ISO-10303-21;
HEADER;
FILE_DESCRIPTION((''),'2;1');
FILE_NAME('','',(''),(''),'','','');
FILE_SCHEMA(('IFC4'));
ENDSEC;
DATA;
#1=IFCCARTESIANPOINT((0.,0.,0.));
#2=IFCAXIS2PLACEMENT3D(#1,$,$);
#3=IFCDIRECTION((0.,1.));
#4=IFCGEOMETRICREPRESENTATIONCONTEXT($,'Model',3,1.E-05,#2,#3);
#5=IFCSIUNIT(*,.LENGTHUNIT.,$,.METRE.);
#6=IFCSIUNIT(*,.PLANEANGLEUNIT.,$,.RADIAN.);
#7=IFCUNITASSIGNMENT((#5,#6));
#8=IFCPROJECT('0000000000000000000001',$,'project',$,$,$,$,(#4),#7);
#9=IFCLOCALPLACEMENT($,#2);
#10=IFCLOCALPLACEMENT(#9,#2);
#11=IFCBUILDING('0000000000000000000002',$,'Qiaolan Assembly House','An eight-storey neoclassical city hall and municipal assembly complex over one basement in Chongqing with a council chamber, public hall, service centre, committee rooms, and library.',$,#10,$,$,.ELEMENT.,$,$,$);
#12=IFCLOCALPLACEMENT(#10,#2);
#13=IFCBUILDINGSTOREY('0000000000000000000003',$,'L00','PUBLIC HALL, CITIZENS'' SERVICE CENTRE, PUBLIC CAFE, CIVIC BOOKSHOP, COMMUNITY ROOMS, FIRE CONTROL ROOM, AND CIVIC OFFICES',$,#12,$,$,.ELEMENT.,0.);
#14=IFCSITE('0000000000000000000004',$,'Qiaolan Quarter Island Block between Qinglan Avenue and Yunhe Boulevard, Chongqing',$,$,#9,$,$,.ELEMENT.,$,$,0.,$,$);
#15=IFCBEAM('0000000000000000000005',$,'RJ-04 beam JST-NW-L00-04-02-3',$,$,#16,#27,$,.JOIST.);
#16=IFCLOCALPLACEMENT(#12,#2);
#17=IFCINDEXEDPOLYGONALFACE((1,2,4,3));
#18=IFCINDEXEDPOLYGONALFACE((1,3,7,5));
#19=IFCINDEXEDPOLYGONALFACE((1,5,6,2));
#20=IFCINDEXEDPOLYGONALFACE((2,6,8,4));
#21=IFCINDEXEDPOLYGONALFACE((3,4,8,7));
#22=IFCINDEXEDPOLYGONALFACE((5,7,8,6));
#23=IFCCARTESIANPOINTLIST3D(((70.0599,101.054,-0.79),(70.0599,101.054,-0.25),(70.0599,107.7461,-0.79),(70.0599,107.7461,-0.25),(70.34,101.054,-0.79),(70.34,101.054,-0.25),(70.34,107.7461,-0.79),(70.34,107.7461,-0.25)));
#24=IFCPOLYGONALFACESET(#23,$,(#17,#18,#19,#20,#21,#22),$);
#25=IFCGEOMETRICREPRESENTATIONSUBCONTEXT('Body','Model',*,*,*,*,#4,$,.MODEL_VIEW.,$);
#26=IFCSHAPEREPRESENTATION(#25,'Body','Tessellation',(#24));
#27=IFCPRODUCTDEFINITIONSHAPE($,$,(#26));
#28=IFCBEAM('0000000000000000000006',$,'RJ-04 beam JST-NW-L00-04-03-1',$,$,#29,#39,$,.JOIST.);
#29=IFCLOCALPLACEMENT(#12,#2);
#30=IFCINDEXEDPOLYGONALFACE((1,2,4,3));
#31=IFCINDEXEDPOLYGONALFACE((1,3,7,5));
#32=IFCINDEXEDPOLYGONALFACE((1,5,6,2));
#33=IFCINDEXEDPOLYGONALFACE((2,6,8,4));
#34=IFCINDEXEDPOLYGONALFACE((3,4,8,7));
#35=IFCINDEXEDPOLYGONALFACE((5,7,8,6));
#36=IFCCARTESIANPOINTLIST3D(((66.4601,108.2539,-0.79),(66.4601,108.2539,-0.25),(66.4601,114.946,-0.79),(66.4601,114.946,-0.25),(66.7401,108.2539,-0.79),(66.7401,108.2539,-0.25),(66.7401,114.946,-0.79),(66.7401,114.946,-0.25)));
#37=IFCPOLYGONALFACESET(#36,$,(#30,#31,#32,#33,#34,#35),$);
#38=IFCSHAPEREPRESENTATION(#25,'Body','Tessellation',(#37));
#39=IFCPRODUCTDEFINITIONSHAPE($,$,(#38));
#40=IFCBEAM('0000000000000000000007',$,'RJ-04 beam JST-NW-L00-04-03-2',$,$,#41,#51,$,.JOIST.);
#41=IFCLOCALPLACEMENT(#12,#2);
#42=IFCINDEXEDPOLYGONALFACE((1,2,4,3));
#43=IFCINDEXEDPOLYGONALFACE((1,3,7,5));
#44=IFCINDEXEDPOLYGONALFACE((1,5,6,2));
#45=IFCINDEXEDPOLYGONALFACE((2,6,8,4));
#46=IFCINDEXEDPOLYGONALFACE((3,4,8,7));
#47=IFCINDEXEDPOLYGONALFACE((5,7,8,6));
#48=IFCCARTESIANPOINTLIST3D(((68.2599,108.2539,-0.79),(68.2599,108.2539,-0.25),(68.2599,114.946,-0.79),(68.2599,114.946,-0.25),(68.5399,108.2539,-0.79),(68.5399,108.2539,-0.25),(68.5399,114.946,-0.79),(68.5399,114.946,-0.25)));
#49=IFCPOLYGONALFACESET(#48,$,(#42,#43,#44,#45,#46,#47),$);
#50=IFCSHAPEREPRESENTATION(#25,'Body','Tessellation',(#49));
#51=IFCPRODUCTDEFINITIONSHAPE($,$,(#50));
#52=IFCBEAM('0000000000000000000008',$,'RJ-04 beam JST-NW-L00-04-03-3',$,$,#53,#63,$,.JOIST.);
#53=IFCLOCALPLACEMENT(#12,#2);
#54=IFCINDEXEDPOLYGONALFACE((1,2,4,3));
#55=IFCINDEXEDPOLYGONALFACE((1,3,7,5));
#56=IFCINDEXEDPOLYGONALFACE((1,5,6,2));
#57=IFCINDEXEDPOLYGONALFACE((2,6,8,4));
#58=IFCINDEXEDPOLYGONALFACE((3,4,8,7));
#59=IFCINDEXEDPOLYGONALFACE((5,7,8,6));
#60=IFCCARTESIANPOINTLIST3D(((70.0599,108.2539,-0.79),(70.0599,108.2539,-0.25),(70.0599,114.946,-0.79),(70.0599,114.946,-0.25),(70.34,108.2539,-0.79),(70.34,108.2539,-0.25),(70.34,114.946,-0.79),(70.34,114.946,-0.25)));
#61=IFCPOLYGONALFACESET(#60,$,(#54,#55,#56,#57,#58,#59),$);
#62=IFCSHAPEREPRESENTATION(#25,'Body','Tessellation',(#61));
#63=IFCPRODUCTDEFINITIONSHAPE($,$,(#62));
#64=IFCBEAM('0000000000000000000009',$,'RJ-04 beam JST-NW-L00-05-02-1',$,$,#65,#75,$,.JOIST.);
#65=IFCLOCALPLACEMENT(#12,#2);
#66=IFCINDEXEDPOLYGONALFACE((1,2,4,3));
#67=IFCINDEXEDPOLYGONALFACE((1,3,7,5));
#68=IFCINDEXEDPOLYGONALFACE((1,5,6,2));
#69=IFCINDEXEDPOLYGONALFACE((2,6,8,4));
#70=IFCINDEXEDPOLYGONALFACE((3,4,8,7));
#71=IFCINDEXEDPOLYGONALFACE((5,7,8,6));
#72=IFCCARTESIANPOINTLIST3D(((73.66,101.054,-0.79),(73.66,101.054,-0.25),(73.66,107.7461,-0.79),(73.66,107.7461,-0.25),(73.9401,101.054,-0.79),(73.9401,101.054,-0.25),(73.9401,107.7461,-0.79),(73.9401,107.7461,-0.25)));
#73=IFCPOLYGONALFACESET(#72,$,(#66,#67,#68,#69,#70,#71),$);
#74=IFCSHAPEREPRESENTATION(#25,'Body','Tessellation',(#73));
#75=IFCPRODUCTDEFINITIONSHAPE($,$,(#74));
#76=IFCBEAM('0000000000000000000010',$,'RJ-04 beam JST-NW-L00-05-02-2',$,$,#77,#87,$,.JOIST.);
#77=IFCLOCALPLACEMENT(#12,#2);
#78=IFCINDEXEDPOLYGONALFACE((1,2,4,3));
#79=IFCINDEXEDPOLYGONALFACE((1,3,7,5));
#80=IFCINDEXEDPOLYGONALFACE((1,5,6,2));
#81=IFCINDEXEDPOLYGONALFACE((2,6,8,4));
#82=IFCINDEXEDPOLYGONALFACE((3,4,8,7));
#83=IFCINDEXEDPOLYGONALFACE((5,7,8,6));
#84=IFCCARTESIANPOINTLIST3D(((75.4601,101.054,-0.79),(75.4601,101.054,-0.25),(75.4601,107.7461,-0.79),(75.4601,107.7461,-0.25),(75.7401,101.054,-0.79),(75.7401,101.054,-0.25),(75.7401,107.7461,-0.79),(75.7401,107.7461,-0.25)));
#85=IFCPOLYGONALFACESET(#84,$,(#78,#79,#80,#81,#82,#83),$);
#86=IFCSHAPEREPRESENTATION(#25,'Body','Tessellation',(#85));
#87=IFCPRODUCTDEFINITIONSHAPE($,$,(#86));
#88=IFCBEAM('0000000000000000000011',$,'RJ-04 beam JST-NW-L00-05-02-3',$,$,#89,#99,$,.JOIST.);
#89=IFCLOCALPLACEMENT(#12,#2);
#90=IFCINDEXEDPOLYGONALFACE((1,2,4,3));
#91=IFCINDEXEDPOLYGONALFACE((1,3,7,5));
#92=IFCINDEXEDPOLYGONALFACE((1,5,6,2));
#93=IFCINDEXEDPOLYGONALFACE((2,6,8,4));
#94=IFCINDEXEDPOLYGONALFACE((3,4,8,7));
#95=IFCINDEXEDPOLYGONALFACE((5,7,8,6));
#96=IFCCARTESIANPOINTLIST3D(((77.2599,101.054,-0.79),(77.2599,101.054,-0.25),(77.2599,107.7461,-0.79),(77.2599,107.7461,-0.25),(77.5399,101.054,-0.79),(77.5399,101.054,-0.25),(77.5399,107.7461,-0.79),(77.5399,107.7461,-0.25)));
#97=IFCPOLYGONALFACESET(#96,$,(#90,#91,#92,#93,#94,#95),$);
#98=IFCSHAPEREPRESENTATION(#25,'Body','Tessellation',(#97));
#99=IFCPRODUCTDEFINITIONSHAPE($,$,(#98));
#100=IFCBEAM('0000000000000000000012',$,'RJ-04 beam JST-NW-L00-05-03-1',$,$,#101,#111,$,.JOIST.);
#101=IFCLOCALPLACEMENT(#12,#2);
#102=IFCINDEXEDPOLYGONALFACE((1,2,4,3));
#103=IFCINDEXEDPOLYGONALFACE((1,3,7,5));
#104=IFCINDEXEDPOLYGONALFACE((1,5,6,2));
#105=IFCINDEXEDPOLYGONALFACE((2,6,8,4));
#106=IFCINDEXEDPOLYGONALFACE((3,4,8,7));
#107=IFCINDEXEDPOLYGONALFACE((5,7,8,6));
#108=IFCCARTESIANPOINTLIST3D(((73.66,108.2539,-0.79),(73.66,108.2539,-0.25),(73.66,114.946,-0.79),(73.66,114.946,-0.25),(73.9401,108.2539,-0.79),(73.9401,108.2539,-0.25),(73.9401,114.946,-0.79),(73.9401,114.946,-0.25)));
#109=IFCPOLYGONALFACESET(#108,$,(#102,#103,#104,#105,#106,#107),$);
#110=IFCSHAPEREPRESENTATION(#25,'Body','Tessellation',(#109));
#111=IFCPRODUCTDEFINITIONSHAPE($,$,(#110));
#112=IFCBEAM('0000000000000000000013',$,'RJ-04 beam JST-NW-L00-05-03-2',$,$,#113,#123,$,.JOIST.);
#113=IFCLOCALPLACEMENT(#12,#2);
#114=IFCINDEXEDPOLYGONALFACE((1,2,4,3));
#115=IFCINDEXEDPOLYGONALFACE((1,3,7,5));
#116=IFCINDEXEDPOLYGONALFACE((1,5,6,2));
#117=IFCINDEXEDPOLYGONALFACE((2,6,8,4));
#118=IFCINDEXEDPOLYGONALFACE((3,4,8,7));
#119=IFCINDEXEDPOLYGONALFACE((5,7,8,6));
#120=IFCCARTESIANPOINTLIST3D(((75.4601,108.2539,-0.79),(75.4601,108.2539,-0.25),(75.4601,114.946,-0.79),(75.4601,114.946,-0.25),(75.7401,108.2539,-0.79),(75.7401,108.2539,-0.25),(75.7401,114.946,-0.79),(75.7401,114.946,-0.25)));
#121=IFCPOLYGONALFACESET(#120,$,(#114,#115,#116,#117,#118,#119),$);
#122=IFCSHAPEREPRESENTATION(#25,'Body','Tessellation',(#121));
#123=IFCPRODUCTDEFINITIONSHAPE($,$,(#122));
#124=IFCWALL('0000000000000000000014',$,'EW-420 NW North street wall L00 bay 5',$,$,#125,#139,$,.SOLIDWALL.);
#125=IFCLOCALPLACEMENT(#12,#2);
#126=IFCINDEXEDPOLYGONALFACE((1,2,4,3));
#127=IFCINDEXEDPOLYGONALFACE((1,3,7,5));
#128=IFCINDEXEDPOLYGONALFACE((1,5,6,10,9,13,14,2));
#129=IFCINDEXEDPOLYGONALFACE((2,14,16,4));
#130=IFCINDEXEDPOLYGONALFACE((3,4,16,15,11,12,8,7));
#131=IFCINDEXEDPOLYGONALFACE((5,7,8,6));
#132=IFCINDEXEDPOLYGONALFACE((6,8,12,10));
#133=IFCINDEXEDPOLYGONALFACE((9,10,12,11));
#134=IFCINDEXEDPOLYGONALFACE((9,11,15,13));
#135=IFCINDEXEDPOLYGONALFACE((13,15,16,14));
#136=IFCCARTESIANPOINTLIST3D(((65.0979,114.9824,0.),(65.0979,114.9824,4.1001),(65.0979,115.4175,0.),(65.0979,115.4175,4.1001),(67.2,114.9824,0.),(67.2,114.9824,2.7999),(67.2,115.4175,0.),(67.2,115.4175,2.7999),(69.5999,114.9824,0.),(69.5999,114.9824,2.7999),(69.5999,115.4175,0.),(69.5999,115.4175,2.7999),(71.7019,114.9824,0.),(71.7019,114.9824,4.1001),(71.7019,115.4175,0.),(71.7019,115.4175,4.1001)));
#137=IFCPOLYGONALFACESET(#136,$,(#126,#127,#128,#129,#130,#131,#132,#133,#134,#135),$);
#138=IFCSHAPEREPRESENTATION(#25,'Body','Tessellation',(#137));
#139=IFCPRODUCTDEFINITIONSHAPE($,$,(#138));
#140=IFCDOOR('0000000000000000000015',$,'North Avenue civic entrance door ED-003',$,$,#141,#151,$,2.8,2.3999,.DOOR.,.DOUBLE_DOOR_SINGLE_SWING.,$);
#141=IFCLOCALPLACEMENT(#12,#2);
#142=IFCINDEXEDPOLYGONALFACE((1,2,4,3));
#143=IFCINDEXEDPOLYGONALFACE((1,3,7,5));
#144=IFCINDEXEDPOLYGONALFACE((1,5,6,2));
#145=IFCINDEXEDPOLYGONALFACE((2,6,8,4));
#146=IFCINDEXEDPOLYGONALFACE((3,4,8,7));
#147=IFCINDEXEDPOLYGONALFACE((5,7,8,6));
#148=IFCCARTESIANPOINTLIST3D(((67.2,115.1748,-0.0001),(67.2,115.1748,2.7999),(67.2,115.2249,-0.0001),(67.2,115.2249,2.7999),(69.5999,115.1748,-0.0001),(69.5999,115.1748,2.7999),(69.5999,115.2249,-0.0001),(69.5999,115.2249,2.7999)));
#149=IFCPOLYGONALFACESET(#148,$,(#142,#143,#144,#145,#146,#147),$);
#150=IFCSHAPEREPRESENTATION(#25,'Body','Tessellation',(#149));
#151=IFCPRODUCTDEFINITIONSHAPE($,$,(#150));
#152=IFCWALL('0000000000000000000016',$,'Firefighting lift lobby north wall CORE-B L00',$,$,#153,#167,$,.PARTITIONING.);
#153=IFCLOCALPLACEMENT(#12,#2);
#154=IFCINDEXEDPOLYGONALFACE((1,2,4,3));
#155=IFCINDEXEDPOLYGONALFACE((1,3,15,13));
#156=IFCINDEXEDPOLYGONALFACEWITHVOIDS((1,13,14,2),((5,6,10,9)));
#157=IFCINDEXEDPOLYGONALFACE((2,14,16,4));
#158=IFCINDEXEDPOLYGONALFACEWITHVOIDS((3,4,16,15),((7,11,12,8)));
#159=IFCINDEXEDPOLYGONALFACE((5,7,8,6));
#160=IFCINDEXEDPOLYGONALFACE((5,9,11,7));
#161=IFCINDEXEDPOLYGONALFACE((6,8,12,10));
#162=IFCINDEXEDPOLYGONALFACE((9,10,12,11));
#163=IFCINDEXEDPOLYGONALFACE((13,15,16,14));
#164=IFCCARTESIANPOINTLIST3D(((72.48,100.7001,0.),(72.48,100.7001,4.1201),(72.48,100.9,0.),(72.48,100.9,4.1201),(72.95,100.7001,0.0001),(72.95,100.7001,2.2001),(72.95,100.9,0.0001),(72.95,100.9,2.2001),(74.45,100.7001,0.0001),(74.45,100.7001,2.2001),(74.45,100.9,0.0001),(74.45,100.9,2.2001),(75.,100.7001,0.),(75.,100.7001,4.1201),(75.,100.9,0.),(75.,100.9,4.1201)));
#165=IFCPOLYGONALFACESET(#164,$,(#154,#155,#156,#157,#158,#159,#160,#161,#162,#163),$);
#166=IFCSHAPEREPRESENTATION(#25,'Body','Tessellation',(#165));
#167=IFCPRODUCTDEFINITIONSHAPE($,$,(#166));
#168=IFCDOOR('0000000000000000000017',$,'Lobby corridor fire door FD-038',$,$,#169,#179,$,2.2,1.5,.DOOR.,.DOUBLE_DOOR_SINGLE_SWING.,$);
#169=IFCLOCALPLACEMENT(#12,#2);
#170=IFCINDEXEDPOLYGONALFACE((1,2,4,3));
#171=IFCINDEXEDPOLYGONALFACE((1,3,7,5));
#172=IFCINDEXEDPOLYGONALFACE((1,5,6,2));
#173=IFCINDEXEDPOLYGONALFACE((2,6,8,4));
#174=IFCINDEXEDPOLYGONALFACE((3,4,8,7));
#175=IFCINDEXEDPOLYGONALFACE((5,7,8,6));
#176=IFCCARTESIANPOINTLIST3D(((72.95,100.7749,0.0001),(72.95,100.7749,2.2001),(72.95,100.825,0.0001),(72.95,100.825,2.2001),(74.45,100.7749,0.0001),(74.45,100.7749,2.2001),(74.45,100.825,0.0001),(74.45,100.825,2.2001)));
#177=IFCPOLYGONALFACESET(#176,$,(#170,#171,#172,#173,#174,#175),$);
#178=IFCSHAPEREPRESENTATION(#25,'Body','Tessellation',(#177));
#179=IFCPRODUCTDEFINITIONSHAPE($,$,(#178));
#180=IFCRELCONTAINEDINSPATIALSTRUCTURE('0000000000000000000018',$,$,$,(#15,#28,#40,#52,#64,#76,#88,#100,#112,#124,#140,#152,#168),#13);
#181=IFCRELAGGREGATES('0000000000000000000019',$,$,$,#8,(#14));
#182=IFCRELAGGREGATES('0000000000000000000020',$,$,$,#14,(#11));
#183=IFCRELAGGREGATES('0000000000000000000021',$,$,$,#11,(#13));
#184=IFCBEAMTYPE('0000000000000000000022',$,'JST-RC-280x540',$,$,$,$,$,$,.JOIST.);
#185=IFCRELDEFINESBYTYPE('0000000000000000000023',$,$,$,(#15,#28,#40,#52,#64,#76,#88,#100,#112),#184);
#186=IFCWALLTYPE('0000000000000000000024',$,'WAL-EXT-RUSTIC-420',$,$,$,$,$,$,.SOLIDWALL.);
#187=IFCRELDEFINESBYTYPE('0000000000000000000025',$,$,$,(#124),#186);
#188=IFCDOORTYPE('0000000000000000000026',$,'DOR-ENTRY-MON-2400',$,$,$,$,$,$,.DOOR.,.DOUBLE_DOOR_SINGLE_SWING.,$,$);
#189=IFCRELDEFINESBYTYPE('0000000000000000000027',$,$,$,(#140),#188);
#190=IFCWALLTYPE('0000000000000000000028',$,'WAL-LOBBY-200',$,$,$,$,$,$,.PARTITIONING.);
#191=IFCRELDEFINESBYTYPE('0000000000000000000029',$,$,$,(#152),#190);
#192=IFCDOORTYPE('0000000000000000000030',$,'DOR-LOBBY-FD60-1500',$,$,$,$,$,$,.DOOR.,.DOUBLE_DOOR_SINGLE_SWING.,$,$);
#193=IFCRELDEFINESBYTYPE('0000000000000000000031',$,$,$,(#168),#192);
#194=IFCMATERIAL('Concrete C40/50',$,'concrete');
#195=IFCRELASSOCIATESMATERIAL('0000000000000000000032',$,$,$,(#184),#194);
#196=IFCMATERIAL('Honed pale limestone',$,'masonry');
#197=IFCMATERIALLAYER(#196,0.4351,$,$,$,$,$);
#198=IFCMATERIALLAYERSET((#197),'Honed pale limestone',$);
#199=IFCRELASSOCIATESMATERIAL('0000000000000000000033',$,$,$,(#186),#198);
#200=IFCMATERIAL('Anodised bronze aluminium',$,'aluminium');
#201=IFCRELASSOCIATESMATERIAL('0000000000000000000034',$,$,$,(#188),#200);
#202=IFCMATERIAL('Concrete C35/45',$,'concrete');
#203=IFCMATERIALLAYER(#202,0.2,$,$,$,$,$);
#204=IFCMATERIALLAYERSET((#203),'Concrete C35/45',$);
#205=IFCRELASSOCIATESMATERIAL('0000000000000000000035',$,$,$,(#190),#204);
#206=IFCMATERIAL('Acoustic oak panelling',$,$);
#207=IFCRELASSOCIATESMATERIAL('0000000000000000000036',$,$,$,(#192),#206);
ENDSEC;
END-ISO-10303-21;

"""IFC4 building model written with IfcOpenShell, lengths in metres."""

from ifc_helpers import new_model, si_unit, direction, frame, frame_2d, origin, origin_2d, place, context, subcontext, project, spatial, rectangle, extrude, material, layer, layer_set, material_profile, profile_set, type_object, element, fill, save


model = new_model("IFC4")

# Units and contexts
model_context = context("Model", 3, precision=1e-05, world=origin(), true_north=direction((0.0, 1.0)))
body_context = subcontext(model_context, "Body", "Model", "MODEL_VIEW")
ifc_project = project(units=[si_unit("LENGTHUNIT", "METRE"), si_unit("PLANEANGLEUNIT", "RADIAN")], contexts=[model_context])

# Site, building, storey
site_placement = place(None, origin())
site = spatial("IfcSite", under=ifc_project, at=site_placement, Name="Qiaolan Quarter Island Block between Qinglan Avenue and Yunhe Boulevard, Chongqing", CompositionType="ELEMENT", RefElevation=0.0)
building_placement = place(site_placement, origin())
building = spatial("IfcBuilding", under=site, at=building_placement, Name="Qiaolan Assembly House", Description="An eight-storey neoclassical city hall and municipal assembly complex over one basement in Chongqing with a council chamber, public hall, service centre, committee rooms, and library.", CompositionType="ELEMENT")
storey_placement = place(building_placement, origin())
storey = spatial("IfcBuildingStorey", under=building, at=storey_placement, Name="L00", Description="PUBLIC HALL, CITIZENS' SERVICE CENTRE, PUBLIC CAFE, CIVIC BOOKSHOP, COMMUNITY ROOMS, FIRE CONTROL ROOM, AND CIVIC OFFICES", CompositionType="ELEMENT", Elevation=0.0)

# Beams
ifc_material_1 = material(Name="Concrete C40/50", Category="concrete")
ifc_material_profile_1 = material_profile(ifc_material_1, rectangle(XDim=0.28, YDim=0.54, at=origin_2d()), Name="RCB 280x540")
ifc_profile_set_1 = profile_set([ifc_material_profile_1], Name="Concrete C40/50")
beam_type_1 = type_object("IfcBeamType", Name="JST-RC-280x540", PredefinedType="JOIST", material=ifc_profile_set_1)
for number, where, z_axis, x_axis, name in (
    (1, (70.2, 101.054, -0.52), (0.0, 1.0, 0.0), (-1.0, 0.0, 0.0), "RJ-04 beam JST-NW-L00-04-02-3"),
    (2, (66.6001, 108.2539, -0.52), (0.0, 1.0, 0.0), (-1.0, 0.0, 0.0), "RJ-04 beam JST-NW-L00-04-03-1"),
    (3, (68.3999, 108.2539, -0.52), (0.0, 1.0, 0.0), (-1.0, 0.0, 0.0), "RJ-04 beam JST-NW-L00-04-03-2"),
    (4, (70.2, 108.2539, -0.52), (0.0, 1.0, 0.0), (-1.0, 0.0, 0.0), "RJ-04 beam JST-NW-L00-04-03-3"),
    (5, (73.8, 101.054, -0.52), (0.0, 1.0, 0.0), (-1.0, 0.0, 0.0), "RJ-04 beam JST-NW-L00-05-02-1"),
    (6, (75.6001, 101.054, -0.52), (0.0, 1.0, 0.0), (-1.0, 0.0, 0.0), "RJ-04 beam JST-NW-L00-05-02-2"),
    (7, (77.3999, 101.054, -0.52), (0.0, 1.0, 0.0), (-1.0, 0.0, 0.0), "RJ-04 beam JST-NW-L00-05-02-3"),
    (8, (73.8, 108.2539, -0.52), (0.0, 1.0, 0.0), (-1.0, 0.0, 0.0), "RJ-04 beam JST-NW-L00-05-03-1"),
    (9, (75.6001, 108.2539, -0.52), (0.0, 1.0, 0.0), (-1.0, 0.0, 0.0), "RJ-04 beam JST-NW-L00-05-03-2"),
):
    element("IfcBeam", number, at=place(storey_placement, frame(where, z_axis=z_axis, x_axis=x_axis)), inside=storey, type_object=beam_type_1, Name=name, PredefinedType="JOIST", context=body_context, shape_type="SweptSolid", body=[
        extrude(rectangle(XDim=0.28, YDim=0.54, at=origin_2d()), origin(), (0.0, 0.0, 1.0), 6.6921),
    ])

# Walls, openings, doors
ifc_material_2 = material(Name="Honed pale limestone", Category="masonry")
ifc_layer_1 = layer(ifc_material_2, 0.4351)
ifc_layer_set_1 = layer_set([ifc_layer_1], Name="Honed pale limestone")
wall_type_1 = type_object("IfcWallType", Name="WAL-EXT-RUSTIC-420", PredefinedType="SOLIDWALL", material=ifc_layer_set_1)
wall_1_placement = place(storey_placement, frame((71.7019, 115.2, 0.0), z_axis=(0.0, 0.0, 1.0), x_axis=(-1.0, 0.0, 0.0)))
wall_1 = element("IfcWall", 10, at=wall_1_placement, inside=storey, type_object=wall_type_1, Name="EW-420 NW North street wall L00 bay 5", PredefinedType="SOLIDWALL", context=body_context, shape_type="SweptSolid", body=[
    extrude(rectangle(XDim=6.604, YDim=0.4351, at=frame_2d((3.302, 0.0))), origin(), (0.0, 0.0, 1.0), 4.1001),
])
opening_1_placement = place(wall_1_placement, frame((2.1021, 0.0, 0.0)))
opening_1 = element("IfcOpeningElement", 11, at=opening_1_placement, cuts=wall_1, PredefinedType="OPENING", context=body_context, shape_type="SweptSolid", body=[
    extrude(rectangle(XDim=2.3999, YDim=2.8, at=frame_2d((1.2, 1.3999))), frame((0.0, 0.2275, 0.0), z_axis=(0.0, -1.0, 0.0), x_axis=(1.0, 0.0, 0.0)), (0.0, 0.0, 1.0), 0.4551),
])
ifc_material_3 = material(Name="Anodised bronze aluminium", Category="aluminium")
door_type_1 = type_object("IfcDoorType", Name="DOR-ENTRY-MON-2400", OperationType="DOUBLE_DOOR_SINGLE_SWING", PredefinedType="DOOR", material=ifc_material_3)
door_1_placement = place(opening_1_placement, frame((2.3999, 0.0, 0.0), z_axis=(0.0, 0.0, 1.0), x_axis=(-1.0, 0.0, 0.0)))
door_1 = element("IfcDoor", 12, at=door_1_placement, inside=storey, type_object=door_type_1, Name="North Avenue civic entrance door ED-003", OperationType="DOUBLE_DOOR_SINGLE_SWING", OverallHeight=2.8, OverallWidth=2.3999, PredefinedType="DOOR", context=body_context, shape_type="SweptSolid", body=[
    extrude(rectangle(XDim=2.3999, YDim=2.8, at=frame_2d((1.2, 1.3999))), frame((0.0, 0.0249, 0.0), z_axis=(0.0, -1.0, 0.0), x_axis=(1.0, 0.0, 0.0)), (0.0, 0.0, 1.0), 0.05),
])
fill(opening_1, door_1)
ifc_material_4 = material(Name="Concrete C35/45", Category="concrete")
ifc_layer_2 = layer(ifc_material_4, 0.2)
ifc_layer_set_2 = layer_set([ifc_layer_2], Name="Concrete C35/45")
wall_type_2 = type_object("IfcWallType", Name="WAL-LOBBY-200", PredefinedType="PARTITIONING", material=ifc_layer_set_2)
wall_2_placement = place(storey_placement, frame((75.0, 100.8, 0.0), z_axis=(0.0, 0.0, 1.0), x_axis=(-1.0, 0.0, 0.0)))
wall_2 = element("IfcWall", 13, at=wall_2_placement, inside=storey, type_object=wall_type_2, Name="Firefighting lift lobby north wall CORE-B L00", PredefinedType="PARTITIONING", context=body_context, shape_type="SweptSolid", body=[
    extrude(rectangle(XDim=2.52, YDim=0.2, at=frame_2d((1.26, 0.0))), origin(), (0.0, 0.0, 1.0), 4.1201),
])
opening_2_placement = place(wall_2_placement, frame((0.55, 0.0, 0.0)))
opening_2 = element("IfcOpeningElement", 14, at=opening_2_placement, cuts=wall_2, PredefinedType="OPENING", context=body_context, shape_type="SweptSolid", body=[
    extrude(rectangle(XDim=1.5, YDim=2.2, at=frame_2d((0.75, 1.1001))), frame((0.0, 0.1099, 0.0), z_axis=(0.0, -1.0, 0.0), x_axis=(1.0, 0.0, 0.0)), (0.0, 0.0, 1.0), 0.22),
])
ifc_material_5 = material(Name="Acoustic oak panelling")
door_type_2 = type_object("IfcDoorType", Name="DOR-LOBBY-FD60-1500", OperationType="DOUBLE_DOOR_SINGLE_SWING", PredefinedType="DOOR", material=ifc_material_5)
door_2_placement = place(opening_2_placement, frame((1.5, 0.0, 0.0), z_axis=(0.0, 0.0, 1.0), x_axis=(-1.0, 0.0, 0.0)))
door_2 = element("IfcDoor", 15, at=door_2_placement, inside=storey, type_object=door_type_2, Name="Lobby corridor fire door FD-038", OperationType="DOUBLE_DOOR_SINGLE_SWING", OverallHeight=2.2, OverallWidth=1.5, PredefinedType="DOOR", context=body_context, shape_type="SweptSolid", body=[
    extrude(rectangle(XDim=1.5, YDim=2.2, at=frame_2d((0.75, 1.1001))), frame((0.0, 0.0249, 0.0), z_axis=(0.0, -1.0, 0.0), x_axis=(1.0, 0.0, 0.0)), (0.0, 0.0, 1.0), 0.05),
])
fill(opening_2, door_2)

save(model, "model.ifc")
